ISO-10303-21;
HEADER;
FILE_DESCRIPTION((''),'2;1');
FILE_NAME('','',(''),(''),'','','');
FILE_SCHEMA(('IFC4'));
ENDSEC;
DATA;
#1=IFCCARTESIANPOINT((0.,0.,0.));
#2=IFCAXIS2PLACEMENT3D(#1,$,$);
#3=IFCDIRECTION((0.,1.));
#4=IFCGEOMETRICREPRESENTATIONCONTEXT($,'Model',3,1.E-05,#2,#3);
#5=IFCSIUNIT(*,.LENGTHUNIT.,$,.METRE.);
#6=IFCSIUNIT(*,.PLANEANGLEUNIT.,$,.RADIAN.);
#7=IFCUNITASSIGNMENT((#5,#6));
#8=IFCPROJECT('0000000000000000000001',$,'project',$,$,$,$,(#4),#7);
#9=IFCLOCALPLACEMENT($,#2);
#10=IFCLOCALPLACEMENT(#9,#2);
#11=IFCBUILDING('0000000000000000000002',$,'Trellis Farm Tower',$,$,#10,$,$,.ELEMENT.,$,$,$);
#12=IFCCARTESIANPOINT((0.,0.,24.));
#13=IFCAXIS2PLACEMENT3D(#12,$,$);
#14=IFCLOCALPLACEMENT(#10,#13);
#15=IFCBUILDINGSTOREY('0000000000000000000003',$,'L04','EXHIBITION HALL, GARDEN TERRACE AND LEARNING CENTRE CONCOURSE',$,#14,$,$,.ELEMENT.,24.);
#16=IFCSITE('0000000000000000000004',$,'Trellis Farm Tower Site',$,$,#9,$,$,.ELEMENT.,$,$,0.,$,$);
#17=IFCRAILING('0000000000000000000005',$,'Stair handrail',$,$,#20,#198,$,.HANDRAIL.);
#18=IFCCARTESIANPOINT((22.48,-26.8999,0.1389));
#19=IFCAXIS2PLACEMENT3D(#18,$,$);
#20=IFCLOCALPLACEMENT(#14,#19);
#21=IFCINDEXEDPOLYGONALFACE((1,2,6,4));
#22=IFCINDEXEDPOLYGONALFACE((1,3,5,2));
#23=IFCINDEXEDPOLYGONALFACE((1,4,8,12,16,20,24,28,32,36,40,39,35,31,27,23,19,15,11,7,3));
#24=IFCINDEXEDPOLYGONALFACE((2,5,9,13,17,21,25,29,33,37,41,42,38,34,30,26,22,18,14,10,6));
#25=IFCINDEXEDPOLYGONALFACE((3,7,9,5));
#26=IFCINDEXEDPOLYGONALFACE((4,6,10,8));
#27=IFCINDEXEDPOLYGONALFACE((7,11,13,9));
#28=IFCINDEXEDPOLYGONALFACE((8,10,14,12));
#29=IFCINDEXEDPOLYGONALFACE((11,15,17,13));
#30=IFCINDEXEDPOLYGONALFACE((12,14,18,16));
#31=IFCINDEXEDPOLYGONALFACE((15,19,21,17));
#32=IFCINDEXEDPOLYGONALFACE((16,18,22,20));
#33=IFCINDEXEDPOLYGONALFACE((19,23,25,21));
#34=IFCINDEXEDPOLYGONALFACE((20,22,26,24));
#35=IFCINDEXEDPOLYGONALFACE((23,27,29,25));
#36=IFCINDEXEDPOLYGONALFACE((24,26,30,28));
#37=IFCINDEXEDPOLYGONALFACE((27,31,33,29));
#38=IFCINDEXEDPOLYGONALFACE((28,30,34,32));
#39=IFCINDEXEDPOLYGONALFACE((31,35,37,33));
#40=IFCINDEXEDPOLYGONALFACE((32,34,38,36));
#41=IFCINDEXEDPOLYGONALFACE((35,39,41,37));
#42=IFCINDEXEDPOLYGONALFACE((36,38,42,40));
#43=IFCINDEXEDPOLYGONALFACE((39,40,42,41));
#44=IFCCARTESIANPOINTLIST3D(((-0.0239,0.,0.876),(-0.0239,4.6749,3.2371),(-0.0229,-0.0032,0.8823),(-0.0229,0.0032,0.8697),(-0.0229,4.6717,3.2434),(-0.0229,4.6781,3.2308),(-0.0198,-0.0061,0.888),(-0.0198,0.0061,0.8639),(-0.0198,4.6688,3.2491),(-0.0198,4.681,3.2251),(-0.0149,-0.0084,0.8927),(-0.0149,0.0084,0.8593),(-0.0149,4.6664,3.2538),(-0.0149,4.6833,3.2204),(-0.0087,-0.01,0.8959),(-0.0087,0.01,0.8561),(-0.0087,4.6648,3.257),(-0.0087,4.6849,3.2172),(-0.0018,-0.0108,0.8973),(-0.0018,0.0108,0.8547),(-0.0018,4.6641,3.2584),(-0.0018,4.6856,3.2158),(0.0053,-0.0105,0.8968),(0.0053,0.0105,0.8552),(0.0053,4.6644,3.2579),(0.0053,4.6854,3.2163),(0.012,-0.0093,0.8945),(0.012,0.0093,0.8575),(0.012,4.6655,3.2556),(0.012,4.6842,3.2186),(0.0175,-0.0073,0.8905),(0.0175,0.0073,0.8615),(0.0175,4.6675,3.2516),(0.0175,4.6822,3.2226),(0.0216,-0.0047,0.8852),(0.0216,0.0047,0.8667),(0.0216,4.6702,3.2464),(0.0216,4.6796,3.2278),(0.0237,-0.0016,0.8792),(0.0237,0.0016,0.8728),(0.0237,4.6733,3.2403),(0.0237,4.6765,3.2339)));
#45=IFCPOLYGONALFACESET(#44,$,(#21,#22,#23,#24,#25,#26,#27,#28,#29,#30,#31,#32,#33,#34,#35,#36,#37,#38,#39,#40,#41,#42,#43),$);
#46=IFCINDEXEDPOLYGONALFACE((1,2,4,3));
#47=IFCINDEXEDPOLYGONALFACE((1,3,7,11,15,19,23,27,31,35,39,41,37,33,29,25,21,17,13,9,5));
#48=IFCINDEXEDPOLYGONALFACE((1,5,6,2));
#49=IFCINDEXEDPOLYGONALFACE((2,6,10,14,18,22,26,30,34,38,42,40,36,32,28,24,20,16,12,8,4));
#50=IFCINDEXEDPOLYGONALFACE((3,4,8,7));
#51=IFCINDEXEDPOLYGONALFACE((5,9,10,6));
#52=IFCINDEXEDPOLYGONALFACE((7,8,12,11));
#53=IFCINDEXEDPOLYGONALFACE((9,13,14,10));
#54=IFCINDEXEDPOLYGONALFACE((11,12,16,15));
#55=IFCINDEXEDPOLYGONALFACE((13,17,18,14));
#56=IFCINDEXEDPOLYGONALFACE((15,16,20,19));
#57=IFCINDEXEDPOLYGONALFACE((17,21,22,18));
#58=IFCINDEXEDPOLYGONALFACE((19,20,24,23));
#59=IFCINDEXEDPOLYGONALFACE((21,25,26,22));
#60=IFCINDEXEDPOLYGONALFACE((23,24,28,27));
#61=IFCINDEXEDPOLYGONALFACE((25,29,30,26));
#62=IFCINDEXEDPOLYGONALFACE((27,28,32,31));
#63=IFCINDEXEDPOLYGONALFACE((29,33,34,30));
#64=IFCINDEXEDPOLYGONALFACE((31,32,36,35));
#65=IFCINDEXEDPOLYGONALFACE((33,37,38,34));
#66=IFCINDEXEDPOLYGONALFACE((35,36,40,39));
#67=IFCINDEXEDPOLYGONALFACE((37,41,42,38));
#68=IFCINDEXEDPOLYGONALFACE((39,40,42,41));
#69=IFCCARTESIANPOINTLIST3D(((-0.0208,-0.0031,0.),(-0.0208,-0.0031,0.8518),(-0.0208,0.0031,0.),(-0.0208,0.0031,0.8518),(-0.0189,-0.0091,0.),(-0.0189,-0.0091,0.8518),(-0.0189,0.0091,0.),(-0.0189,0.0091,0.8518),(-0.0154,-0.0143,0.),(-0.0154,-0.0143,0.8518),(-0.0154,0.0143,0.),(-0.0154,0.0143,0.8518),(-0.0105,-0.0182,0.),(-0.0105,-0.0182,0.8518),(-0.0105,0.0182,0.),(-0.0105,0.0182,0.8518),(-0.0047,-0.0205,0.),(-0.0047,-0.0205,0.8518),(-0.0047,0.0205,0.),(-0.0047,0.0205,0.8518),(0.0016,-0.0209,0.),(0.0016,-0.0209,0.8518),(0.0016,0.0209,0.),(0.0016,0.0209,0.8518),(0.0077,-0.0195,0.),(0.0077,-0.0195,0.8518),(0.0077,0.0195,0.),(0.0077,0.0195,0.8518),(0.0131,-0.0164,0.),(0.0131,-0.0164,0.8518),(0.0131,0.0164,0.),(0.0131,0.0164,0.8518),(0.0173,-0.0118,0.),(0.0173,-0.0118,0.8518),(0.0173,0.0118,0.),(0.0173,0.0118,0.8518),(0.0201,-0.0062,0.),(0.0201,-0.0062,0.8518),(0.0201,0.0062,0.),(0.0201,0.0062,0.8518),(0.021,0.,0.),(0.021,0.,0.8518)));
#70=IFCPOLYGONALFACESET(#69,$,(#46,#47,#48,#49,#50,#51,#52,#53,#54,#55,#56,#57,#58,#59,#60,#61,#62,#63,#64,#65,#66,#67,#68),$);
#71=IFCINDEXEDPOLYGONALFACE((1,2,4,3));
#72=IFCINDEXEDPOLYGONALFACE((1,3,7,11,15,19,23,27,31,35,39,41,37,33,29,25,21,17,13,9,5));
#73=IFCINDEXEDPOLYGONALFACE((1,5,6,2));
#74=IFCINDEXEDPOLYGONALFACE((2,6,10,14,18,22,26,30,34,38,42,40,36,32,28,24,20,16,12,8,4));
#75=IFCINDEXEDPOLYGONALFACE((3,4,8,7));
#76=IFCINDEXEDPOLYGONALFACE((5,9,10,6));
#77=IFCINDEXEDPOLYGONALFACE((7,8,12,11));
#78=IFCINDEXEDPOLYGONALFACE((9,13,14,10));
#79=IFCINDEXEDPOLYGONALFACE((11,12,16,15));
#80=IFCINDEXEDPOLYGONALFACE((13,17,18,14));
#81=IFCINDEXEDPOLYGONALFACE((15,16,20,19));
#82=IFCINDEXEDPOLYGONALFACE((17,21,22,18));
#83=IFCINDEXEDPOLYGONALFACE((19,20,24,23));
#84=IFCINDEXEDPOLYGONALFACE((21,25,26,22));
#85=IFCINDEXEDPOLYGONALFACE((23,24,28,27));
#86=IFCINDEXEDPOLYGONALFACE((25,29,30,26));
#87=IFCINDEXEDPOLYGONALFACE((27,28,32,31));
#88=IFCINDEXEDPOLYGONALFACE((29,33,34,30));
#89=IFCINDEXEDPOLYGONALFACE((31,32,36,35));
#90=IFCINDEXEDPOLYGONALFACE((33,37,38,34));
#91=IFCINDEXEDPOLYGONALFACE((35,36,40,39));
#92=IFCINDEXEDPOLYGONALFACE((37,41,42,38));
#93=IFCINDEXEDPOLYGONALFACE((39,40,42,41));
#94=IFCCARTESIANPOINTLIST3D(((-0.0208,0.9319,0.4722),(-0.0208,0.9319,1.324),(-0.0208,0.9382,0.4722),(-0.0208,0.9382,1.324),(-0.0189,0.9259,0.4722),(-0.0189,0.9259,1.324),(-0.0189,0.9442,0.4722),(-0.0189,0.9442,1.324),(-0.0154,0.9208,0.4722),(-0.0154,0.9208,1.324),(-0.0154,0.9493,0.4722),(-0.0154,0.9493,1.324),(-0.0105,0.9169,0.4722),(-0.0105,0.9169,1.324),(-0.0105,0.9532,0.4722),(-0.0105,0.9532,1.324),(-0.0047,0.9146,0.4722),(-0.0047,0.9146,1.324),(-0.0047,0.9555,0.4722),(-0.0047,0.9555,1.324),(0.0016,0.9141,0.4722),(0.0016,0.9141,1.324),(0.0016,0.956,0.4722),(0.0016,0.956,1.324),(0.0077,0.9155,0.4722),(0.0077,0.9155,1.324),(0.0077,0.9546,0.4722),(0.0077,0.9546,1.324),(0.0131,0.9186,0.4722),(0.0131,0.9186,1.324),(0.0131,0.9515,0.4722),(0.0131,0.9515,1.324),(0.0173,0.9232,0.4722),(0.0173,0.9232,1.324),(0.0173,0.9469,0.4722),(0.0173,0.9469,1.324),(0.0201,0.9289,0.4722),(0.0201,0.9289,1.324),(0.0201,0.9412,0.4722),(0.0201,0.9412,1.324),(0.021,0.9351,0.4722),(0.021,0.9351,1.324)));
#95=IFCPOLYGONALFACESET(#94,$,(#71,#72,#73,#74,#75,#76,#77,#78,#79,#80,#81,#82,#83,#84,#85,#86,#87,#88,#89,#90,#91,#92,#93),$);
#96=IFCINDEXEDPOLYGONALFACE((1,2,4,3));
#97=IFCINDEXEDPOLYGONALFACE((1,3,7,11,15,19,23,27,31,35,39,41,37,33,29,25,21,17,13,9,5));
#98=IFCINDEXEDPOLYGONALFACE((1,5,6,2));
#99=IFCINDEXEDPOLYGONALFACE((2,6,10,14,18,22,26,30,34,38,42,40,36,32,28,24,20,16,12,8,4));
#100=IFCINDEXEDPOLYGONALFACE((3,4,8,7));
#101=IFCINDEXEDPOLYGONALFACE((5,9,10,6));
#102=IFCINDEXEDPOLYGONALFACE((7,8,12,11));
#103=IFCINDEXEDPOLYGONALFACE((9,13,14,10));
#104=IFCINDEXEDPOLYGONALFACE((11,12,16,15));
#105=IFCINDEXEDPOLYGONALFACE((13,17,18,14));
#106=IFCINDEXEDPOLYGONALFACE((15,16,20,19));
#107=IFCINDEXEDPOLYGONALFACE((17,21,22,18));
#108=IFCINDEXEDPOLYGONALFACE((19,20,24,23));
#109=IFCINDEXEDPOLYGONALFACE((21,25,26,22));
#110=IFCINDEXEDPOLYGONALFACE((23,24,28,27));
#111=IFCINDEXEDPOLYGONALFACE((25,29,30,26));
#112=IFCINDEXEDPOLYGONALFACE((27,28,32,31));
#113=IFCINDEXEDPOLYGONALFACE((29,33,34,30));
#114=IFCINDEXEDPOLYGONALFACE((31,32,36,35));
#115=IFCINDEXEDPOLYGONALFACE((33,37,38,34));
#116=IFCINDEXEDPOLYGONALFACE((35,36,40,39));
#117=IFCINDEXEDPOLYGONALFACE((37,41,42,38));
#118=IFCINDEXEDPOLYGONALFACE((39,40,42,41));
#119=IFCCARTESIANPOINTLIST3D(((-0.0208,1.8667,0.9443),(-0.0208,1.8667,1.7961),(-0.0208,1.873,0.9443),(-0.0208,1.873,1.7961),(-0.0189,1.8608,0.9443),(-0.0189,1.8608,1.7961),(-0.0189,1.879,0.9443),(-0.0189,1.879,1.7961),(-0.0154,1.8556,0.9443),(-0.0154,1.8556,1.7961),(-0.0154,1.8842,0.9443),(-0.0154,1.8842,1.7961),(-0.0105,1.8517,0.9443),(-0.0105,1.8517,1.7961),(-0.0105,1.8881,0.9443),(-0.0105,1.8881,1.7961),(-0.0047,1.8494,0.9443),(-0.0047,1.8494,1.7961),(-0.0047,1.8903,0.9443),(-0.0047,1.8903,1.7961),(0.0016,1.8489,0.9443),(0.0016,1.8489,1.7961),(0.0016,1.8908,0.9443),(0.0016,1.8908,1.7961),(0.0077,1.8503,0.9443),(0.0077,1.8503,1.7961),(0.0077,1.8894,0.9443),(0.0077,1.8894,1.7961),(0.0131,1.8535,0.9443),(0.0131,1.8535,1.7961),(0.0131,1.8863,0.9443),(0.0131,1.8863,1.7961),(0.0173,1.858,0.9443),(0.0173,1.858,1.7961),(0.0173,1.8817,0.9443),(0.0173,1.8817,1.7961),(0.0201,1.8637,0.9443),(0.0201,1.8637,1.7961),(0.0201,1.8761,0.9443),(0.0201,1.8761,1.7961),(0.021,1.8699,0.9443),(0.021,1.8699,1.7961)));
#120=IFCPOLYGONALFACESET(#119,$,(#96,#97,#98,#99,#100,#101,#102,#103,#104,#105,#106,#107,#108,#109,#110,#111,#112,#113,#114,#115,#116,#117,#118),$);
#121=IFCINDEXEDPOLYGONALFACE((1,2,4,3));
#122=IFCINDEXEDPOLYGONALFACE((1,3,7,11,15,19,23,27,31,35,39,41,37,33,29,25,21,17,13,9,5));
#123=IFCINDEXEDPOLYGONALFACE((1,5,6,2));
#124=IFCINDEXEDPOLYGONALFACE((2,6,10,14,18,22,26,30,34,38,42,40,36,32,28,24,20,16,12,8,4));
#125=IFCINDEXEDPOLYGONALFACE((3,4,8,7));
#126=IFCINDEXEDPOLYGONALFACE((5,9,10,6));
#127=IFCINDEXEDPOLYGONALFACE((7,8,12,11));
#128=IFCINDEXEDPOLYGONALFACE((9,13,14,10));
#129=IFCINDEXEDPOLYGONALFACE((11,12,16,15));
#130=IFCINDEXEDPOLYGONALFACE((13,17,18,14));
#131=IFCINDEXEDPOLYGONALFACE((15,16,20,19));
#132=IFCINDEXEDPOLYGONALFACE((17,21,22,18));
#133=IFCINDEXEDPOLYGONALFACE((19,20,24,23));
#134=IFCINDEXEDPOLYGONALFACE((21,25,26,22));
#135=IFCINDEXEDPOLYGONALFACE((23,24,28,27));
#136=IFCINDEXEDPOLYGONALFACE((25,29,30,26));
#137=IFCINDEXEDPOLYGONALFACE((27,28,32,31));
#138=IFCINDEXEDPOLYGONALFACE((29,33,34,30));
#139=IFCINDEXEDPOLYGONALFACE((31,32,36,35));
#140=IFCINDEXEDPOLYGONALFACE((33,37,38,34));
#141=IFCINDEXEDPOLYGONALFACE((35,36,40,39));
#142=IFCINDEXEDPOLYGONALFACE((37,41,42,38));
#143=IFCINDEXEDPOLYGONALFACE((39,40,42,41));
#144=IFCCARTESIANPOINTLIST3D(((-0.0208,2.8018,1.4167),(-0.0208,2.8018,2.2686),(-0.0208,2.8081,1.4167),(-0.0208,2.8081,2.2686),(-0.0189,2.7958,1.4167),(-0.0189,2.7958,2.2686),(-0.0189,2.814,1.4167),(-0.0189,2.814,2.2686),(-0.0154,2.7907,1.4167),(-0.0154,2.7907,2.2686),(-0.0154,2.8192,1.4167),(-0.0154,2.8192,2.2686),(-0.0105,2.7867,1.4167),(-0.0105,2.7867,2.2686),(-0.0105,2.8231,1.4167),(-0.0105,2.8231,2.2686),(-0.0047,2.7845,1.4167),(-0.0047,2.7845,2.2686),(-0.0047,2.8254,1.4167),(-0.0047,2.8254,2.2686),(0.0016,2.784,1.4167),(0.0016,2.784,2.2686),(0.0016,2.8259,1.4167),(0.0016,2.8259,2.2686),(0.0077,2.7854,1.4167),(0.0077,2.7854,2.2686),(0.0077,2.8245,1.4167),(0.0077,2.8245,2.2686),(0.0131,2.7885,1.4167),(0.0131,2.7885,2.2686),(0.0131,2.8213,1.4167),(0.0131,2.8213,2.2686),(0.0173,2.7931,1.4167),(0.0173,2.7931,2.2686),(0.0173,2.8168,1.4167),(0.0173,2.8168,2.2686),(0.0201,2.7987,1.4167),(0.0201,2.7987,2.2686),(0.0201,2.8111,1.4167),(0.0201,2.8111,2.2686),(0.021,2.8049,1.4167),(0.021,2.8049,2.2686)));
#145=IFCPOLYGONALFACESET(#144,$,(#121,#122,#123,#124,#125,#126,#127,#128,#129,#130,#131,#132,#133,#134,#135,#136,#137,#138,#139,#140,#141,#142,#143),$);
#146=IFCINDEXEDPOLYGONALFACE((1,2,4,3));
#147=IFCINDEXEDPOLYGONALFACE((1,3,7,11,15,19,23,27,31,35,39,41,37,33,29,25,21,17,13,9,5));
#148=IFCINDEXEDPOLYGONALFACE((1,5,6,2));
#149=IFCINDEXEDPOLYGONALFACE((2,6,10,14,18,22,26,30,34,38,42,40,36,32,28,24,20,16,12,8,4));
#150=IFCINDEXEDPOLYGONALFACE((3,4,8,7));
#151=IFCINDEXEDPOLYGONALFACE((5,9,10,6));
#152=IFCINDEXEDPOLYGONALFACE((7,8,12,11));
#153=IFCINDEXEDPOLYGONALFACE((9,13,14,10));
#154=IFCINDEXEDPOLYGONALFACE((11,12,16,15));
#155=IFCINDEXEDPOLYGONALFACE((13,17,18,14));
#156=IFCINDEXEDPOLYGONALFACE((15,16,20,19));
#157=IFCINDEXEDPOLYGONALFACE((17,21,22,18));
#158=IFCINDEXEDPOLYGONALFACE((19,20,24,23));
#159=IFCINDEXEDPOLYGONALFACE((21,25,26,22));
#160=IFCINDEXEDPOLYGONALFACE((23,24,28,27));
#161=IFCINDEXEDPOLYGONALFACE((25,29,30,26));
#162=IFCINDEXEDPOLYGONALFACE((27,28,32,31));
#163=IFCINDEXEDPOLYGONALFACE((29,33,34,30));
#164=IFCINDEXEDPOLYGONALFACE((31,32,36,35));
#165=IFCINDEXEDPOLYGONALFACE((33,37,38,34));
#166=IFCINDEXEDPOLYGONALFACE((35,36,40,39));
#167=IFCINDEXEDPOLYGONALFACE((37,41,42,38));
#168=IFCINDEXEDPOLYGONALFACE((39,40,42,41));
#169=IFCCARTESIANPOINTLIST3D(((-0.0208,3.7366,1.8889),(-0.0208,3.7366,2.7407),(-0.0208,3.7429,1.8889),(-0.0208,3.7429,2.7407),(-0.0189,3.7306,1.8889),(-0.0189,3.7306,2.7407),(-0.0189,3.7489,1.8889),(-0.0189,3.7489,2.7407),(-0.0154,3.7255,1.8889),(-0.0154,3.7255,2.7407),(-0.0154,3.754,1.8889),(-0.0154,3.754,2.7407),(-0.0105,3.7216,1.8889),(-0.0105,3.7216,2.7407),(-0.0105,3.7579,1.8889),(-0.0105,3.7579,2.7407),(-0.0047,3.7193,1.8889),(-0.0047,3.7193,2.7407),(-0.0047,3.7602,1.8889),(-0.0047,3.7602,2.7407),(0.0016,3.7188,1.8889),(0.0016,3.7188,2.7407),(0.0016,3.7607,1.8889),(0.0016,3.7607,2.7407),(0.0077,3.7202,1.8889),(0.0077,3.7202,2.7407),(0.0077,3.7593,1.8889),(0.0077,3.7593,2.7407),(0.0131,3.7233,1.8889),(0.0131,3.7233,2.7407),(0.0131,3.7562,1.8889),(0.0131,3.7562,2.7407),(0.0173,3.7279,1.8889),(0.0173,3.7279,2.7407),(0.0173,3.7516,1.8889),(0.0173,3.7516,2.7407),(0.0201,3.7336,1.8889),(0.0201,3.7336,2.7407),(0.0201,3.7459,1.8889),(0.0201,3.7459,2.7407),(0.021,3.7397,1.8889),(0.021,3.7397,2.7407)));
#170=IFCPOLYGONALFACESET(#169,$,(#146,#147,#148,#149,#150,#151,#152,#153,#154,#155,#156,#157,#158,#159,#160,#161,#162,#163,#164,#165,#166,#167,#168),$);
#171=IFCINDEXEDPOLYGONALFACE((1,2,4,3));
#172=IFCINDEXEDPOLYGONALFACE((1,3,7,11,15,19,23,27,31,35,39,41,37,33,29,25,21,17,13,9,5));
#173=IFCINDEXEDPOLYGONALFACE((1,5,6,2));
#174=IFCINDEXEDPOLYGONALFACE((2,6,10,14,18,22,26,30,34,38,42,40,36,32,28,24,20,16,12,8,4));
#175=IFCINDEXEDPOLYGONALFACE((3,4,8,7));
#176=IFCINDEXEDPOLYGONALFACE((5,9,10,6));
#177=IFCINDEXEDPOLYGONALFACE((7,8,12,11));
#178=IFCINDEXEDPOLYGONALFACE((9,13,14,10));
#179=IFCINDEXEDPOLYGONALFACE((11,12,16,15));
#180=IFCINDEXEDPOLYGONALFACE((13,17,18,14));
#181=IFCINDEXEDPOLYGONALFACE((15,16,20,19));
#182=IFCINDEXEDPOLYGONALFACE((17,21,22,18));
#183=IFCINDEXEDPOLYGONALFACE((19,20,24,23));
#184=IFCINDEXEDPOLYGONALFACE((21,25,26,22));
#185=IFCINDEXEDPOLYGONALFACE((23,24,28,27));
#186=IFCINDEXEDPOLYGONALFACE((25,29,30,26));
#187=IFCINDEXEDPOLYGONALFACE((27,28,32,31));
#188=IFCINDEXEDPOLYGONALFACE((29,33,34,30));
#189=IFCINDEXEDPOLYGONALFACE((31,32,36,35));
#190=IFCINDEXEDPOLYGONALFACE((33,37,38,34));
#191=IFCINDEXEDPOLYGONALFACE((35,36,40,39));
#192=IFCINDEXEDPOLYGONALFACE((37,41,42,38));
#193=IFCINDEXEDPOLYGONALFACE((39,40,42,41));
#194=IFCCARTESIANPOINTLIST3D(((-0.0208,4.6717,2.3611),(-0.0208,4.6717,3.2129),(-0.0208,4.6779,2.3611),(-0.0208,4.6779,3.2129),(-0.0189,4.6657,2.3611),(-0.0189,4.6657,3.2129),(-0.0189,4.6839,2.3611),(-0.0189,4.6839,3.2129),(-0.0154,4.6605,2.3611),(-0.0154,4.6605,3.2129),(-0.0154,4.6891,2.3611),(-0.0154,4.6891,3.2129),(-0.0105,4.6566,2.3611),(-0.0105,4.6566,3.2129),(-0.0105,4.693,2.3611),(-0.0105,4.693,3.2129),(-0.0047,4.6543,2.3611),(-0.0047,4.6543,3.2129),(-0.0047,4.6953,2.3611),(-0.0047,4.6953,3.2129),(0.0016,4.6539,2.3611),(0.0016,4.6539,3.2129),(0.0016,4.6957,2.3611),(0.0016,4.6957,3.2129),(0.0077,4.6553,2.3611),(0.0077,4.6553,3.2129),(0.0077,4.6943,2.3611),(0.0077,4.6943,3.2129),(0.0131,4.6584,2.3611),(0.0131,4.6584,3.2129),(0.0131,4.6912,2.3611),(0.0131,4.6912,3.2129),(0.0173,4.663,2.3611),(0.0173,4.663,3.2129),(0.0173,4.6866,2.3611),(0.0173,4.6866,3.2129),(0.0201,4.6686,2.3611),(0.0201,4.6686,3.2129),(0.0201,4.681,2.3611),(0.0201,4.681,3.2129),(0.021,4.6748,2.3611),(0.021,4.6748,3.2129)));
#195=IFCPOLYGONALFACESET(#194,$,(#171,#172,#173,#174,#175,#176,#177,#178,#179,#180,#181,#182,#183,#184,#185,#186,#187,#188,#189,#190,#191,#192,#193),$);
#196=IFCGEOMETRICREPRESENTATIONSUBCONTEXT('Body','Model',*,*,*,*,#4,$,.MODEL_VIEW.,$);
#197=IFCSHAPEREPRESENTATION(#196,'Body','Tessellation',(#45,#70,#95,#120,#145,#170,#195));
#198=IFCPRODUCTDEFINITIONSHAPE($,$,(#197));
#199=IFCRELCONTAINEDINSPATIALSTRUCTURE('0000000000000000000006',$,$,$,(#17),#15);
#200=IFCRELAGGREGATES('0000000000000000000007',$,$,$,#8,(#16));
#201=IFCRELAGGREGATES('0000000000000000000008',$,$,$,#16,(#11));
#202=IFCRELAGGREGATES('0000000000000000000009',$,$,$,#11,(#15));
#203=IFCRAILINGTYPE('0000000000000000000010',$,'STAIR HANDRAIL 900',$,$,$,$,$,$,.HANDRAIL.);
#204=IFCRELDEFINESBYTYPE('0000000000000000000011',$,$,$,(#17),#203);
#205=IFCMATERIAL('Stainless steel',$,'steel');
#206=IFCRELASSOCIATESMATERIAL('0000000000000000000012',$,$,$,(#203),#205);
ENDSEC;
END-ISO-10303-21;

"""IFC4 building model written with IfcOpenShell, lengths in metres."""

from ifc_helpers import new_model, si_unit, direction, frame, origin, origin_2d, place, context, subcontext, project, spatial, circle, extrude, source, transform, mapped, material, type_object, element, save


model = new_model("IFC4")

# Units and contexts
model_context = context("Model", 3, precision=1e-05, world=origin(), true_north=direction((0.0, 1.0)))
body_context = subcontext(model_context, "Body", "Model", "MODEL_VIEW")
ifc_project = project(units=[si_unit("LENGTHUNIT", "METRE"), si_unit("PLANEANGLEUNIT", "RADIAN")], contexts=[model_context])

# Site, building, storey
site_placement = place(None, origin())
site = spatial("IfcSite", under=ifc_project, at=site_placement, Name="Trellis Farm Tower Site", CompositionType="ELEMENT", RefElevation=0.0)
building_placement = place(site_placement, origin())
building = spatial("IfcBuilding", under=site, at=building_placement, Name="Trellis Farm Tower", CompositionType="ELEMENT")
storey_placement = place(building_placement, frame((0.0, 0.0, 24.0)))
storey = spatial("IfcBuildingStorey", under=building, at=storey_placement, Name="L04", Description="EXHIBITION HALL, GARDEN TERRACE AND LEARNING CENTRE CONCOURSE", CompositionType="ELEMENT", Elevation=24.0)

# Railing
ifc_material_1 = material(Name="Stainless steel", Category="steel")
railing_type = type_object("IfcRailingType", Name="STAIR HANDRAIL 900", PredefinedType="HANDRAIL", material=ifc_material_1)
shared_shape_1 = source(origin(), body_context, "Body", "SweptSolid", [
    extrude(circle(Radius=0.0239, at=origin_2d()), frame((0.0, 0.0, 0.876), z_axis=(0.0, 0.892611, 0.450827), x_axis=(-1.0, 0.0, 0.0)), (0.0, 0.0, 1.0), 5.2373),
    extrude(circle(Radius=0.021, at=origin_2d()), origin(), (0.0, 0.0, 1.0), 0.8518),
    extrude(circle(Radius=0.021, at=origin_2d()), frame((0.0, 0.9351, 0.4722)), (0.0, 0.0, 1.0), 0.8518),
    extrude(circle(Radius=0.021, at=origin_2d()), frame((0.0, 1.8699, 0.9443)), (0.0, 0.0, 1.0), 0.8518),
    extrude(circle(Radius=0.021, at=origin_2d()), frame((0.0, 2.8049, 1.4167)), (0.0, 0.0, 1.0), 0.8518),
    extrude(circle(Radius=0.021, at=origin_2d()), frame((0.0, 3.7397, 1.8889)), (0.0, 0.0, 1.0), 0.8518),
    extrude(circle(Radius=0.021, at=origin_2d()), frame((0.0, 4.6748, 2.3611)), (0.0, 0.0, 1.0), 0.8518),
])
railing_1_placement = place(storey_placement, frame((22.48, -26.8999, 0.1389)))
element("IfcRailing", 1, at=railing_1_placement, inside=storey, type_object=railing_type, Name="Stair handrail", PredefinedType="HANDRAIL", context=body_context, shape_type="MappedRepresentation", body=[
    mapped(shared_shape_1, transform((0.0, 0.0, 0.0))),
])

save(model, "model.ifc")
